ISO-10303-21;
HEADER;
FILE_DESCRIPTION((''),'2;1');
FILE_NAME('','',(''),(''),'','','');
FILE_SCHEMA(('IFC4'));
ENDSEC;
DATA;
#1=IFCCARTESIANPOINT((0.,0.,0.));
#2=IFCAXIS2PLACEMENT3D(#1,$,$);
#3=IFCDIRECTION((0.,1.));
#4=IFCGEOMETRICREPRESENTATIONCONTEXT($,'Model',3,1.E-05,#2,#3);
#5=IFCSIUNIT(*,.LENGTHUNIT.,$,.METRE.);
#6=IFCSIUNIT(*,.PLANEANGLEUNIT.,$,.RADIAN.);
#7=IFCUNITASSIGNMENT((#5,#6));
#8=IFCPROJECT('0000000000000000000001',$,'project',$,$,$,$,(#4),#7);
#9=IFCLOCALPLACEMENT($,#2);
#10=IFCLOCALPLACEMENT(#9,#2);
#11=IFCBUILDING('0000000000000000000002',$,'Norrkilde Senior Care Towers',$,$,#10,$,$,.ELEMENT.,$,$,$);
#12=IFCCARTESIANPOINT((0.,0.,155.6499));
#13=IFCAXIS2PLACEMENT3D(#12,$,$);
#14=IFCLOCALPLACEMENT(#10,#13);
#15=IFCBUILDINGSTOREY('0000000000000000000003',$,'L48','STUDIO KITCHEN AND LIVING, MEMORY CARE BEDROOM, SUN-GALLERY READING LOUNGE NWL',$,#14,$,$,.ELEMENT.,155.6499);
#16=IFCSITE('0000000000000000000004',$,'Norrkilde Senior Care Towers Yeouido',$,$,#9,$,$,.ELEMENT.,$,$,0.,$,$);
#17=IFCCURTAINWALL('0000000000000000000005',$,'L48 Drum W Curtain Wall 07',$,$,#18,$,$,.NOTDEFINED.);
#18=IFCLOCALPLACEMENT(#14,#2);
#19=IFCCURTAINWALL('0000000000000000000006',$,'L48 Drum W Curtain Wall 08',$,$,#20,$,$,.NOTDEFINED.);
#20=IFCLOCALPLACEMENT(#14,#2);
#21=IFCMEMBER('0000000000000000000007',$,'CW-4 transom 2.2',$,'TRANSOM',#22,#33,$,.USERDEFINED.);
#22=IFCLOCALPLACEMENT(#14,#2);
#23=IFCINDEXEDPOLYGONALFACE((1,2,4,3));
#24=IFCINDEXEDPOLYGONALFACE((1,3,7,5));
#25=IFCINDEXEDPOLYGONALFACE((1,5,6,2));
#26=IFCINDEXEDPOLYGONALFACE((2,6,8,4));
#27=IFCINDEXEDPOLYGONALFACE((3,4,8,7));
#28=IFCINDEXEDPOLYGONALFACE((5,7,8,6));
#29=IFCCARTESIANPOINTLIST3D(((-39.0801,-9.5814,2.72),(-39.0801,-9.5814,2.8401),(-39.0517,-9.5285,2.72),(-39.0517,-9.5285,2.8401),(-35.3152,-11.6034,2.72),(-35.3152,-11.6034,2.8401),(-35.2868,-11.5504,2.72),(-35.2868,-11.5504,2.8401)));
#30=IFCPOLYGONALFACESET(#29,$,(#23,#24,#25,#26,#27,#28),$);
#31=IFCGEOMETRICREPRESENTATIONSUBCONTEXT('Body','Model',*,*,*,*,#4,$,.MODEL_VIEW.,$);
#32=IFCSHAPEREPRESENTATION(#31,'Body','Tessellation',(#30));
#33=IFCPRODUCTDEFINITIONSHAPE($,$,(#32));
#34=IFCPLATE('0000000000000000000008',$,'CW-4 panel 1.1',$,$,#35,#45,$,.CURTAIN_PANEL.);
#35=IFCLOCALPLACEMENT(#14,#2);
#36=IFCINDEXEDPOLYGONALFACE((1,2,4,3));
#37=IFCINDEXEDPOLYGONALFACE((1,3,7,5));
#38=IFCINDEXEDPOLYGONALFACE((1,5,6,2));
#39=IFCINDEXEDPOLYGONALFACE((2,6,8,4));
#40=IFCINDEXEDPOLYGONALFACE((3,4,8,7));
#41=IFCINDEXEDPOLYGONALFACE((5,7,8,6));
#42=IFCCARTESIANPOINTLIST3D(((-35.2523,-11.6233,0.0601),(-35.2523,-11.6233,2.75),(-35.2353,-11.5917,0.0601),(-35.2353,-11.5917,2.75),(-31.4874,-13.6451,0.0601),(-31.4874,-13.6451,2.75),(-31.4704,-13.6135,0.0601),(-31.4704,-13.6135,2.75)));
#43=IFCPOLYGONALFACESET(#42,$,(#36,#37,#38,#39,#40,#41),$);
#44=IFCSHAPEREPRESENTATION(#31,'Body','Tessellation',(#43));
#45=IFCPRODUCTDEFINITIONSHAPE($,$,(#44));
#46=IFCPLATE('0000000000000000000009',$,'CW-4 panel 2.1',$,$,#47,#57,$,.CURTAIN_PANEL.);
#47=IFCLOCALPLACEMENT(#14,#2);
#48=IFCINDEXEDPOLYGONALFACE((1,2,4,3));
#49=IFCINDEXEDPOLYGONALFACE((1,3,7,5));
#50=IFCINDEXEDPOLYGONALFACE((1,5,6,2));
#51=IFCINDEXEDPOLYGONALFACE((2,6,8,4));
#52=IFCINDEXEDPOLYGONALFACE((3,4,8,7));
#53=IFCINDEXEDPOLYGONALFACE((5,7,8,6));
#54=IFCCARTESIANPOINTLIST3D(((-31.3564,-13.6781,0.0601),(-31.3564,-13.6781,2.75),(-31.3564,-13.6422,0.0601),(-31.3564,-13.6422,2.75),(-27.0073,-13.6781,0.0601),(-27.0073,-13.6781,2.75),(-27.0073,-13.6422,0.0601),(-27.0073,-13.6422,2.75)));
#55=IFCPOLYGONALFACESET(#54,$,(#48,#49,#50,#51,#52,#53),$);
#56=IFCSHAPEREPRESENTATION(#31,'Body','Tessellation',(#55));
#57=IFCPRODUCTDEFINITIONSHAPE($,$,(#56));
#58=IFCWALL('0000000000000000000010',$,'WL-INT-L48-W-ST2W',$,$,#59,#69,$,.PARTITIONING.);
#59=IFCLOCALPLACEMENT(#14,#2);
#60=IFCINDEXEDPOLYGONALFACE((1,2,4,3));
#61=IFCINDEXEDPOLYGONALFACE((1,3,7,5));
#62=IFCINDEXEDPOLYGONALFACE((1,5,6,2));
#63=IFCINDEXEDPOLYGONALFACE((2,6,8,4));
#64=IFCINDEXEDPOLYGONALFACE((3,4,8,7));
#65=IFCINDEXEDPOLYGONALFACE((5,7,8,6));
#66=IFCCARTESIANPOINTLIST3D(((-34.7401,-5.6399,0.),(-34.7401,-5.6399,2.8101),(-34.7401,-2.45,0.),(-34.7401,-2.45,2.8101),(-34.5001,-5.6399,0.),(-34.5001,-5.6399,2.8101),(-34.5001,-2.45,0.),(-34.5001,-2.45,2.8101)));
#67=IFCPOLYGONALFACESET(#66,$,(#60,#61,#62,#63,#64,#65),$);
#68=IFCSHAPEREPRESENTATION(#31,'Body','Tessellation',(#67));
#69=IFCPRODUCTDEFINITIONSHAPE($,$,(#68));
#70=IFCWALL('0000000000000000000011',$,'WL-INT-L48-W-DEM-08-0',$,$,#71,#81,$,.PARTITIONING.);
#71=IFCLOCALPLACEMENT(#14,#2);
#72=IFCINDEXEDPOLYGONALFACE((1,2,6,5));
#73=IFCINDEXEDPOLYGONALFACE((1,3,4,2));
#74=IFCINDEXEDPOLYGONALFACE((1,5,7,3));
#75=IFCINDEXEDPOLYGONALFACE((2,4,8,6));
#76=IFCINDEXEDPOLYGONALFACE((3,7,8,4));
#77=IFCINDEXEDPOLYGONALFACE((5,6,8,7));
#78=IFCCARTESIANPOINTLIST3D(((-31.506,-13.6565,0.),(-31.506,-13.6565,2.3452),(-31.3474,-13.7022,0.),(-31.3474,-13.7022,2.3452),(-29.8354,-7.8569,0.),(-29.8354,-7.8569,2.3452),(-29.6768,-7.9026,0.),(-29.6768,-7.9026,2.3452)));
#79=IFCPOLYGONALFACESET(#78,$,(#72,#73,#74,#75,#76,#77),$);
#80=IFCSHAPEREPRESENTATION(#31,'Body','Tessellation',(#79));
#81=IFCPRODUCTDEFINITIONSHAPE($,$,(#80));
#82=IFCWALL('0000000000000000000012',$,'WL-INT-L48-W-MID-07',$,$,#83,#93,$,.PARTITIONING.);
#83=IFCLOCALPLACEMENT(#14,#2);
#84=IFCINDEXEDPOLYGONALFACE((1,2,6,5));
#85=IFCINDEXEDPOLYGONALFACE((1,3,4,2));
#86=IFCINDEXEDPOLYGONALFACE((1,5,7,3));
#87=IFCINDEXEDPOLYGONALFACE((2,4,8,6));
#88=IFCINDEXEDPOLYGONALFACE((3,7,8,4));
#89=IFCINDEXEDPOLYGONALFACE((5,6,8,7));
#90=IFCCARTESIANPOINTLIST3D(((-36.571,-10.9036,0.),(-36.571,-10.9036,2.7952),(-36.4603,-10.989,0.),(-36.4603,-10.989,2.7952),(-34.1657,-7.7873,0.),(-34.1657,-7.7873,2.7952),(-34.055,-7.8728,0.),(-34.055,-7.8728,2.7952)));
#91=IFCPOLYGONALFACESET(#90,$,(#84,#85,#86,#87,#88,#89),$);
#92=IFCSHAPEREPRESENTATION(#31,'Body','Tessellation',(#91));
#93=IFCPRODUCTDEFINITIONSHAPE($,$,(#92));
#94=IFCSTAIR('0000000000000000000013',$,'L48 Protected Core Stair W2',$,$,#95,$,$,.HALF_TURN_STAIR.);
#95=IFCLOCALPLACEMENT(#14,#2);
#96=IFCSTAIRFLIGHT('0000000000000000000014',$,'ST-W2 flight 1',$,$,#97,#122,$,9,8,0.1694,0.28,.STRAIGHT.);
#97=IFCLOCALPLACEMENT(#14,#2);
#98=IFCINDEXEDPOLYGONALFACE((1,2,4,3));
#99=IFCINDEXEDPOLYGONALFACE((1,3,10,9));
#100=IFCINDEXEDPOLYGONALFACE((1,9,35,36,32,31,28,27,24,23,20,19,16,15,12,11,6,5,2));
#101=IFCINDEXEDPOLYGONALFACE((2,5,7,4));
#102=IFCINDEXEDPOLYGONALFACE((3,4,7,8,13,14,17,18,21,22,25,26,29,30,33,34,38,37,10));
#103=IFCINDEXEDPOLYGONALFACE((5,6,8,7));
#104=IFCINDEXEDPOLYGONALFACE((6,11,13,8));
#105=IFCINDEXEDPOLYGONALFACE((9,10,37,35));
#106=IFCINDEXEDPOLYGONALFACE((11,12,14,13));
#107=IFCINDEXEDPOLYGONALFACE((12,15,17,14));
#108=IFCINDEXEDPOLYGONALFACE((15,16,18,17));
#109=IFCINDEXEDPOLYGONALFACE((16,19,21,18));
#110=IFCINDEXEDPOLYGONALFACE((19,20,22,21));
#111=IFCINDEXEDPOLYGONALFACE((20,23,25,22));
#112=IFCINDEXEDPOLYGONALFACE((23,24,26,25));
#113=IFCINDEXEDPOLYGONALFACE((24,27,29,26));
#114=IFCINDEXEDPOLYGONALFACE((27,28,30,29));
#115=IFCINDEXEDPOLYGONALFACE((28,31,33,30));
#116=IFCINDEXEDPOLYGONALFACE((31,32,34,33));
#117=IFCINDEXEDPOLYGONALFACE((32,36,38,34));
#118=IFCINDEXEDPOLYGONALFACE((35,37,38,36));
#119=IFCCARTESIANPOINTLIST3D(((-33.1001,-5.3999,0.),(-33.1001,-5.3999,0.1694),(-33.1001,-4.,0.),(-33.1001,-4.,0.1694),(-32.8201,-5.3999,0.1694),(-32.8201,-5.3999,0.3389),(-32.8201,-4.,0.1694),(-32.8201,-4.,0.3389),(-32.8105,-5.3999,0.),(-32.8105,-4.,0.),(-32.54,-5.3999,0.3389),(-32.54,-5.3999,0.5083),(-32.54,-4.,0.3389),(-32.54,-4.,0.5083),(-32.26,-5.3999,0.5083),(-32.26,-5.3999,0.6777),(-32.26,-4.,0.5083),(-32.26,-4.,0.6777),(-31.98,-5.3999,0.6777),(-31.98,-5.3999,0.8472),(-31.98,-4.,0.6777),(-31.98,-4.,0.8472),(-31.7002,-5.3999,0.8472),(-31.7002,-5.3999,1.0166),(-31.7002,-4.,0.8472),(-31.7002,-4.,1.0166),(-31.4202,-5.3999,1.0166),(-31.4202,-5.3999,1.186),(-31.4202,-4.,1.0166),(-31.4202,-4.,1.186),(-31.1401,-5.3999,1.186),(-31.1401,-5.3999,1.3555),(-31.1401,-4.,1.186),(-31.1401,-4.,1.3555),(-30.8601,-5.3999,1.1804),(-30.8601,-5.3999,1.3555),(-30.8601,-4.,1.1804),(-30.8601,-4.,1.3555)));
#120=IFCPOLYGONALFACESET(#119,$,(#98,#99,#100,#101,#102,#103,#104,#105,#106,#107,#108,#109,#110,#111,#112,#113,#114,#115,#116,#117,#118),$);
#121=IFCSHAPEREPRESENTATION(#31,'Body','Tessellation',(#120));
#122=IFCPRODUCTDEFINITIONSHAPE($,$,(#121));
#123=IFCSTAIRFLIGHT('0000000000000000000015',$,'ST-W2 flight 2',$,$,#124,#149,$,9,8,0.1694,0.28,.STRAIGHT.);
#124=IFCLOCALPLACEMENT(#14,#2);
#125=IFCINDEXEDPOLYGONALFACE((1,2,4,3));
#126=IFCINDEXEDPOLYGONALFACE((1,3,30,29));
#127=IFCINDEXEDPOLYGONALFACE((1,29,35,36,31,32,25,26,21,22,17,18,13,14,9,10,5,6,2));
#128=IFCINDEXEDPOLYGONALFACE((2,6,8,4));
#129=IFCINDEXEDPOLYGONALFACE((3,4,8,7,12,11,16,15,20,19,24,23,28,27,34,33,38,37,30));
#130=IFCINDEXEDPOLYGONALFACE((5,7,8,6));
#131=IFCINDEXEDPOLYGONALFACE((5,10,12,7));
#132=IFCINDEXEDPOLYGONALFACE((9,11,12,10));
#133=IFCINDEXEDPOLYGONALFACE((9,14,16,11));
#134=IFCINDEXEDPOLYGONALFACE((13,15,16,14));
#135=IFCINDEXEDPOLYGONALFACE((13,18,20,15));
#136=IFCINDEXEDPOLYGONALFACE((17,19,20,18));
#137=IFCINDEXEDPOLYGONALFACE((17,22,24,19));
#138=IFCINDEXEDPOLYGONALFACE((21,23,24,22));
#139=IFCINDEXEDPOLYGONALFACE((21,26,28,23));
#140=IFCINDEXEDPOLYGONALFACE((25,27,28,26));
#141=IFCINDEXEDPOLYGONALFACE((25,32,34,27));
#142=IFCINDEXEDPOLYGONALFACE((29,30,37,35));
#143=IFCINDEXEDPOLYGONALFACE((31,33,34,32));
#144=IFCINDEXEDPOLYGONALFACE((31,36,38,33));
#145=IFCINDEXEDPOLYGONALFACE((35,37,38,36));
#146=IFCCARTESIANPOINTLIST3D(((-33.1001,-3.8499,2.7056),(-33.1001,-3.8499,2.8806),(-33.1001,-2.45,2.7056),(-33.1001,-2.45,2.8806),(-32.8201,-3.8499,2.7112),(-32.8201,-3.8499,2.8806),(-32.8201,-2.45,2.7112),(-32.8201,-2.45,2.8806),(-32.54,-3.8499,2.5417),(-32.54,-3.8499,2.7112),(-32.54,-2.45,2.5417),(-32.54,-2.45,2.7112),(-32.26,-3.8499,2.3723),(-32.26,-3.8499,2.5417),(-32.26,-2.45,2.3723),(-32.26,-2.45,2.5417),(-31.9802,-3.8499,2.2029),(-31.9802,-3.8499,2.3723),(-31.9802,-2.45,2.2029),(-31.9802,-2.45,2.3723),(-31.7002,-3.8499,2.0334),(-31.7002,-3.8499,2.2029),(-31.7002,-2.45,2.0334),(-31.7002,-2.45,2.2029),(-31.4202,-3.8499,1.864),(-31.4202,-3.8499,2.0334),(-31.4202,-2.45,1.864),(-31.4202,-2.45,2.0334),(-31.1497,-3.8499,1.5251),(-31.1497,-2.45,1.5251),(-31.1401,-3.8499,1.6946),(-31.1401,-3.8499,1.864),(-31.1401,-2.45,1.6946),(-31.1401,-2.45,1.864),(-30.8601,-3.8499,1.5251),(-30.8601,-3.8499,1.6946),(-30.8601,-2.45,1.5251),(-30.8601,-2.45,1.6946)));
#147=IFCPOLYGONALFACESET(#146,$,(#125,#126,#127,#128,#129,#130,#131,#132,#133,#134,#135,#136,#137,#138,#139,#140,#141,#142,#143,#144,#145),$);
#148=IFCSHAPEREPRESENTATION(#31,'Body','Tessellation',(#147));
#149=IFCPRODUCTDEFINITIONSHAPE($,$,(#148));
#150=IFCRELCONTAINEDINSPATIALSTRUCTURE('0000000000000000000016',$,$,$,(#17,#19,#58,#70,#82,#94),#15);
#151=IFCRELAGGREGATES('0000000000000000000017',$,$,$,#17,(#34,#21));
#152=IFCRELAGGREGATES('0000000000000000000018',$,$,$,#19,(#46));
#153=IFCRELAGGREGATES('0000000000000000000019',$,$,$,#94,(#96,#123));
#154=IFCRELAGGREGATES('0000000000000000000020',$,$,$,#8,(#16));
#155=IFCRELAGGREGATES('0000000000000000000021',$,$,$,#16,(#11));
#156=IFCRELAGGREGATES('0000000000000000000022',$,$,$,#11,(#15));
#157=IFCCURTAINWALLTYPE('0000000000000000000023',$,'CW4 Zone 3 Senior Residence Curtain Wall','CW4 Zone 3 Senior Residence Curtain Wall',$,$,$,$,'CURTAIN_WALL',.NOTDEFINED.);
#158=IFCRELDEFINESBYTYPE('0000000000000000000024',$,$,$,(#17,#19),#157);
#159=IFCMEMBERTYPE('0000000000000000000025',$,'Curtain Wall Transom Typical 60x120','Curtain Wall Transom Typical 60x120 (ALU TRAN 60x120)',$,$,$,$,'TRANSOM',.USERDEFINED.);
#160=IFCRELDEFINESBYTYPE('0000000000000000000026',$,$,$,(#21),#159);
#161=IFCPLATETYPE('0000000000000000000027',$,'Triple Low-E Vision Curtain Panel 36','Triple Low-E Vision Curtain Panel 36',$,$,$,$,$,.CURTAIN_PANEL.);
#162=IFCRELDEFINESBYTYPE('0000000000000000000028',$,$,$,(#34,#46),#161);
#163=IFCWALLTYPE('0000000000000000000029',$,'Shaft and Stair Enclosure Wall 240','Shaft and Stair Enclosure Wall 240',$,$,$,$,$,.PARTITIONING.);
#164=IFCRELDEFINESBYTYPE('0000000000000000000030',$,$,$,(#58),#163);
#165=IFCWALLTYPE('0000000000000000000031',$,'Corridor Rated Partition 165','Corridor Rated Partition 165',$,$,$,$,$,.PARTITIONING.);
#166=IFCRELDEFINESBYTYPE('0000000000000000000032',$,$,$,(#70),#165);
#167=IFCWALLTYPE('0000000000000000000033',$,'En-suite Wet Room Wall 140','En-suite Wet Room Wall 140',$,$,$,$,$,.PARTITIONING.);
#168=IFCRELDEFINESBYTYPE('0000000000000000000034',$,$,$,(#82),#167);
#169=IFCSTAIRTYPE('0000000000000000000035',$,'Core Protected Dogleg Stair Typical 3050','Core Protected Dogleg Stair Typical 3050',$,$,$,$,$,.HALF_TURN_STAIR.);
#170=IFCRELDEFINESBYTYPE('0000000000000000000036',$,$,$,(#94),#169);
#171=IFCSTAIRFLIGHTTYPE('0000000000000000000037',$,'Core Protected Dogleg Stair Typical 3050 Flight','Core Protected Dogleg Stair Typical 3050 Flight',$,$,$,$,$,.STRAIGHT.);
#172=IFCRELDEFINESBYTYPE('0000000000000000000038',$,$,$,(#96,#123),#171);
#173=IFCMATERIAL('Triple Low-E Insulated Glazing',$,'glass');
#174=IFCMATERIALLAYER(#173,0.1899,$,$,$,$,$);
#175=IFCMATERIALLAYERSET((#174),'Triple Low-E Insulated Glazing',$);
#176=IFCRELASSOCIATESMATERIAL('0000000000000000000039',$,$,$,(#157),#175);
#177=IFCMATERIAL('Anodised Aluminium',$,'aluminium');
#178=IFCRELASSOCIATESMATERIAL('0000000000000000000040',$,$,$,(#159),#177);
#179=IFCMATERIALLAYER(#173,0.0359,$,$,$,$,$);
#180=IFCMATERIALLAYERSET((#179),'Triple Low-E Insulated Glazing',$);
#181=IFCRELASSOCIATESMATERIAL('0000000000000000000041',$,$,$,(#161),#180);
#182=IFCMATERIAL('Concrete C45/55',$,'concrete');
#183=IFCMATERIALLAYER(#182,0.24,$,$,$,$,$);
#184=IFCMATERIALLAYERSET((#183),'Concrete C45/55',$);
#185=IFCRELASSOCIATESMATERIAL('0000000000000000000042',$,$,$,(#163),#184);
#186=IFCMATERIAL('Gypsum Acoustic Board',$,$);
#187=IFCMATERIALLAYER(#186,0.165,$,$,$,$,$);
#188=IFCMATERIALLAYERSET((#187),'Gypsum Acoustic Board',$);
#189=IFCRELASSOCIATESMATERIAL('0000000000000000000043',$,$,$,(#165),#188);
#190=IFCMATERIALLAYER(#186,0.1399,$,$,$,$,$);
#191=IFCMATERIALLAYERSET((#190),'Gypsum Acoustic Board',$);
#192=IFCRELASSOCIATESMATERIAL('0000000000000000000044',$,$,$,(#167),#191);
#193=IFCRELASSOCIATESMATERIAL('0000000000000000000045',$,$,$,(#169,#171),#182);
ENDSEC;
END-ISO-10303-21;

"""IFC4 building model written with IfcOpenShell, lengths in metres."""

from ifc_helpers import new_model, si_unit, direction, frame, frame_2d, origin, origin_2d, place, context, subcontext, project, spatial, polyline, rectangle, outline, extrude, source, transform, mapped, material, layer, layer_set, material_profile, profile_set, type_object, type_shapes, element, aggregate, save


model = new_model("IFC4")

# Units and contexts
model_context = context("Model", 3, precision=1e-05, world=origin(), true_north=direction((0.0, 1.0)))
body_context = subcontext(model_context, "Body", "Model", "MODEL_VIEW")
ifc_project = project(units=[si_unit("LENGTHUNIT", "METRE"), si_unit("PLANEANGLEUNIT", "RADIAN")], contexts=[model_context])

# Site, building, storey
site_placement = place(None, origin())
site = spatial("IfcSite", under=ifc_project, at=site_placement, Name="Norrkilde Senior Care Towers Yeouido", CompositionType="ELEMENT", RefElevation=0.0)
building_placement = place(site_placement, origin())
building = spatial("IfcBuilding", under=site, at=building_placement, Name="Norrkilde Senior Care Towers", CompositionType="ELEMENT")
storey_placement = place(building_placement, frame((0.0, 0.0, 155.6499)))
storey = spatial("IfcBuildingStorey", under=building, at=storey_placement, Name="L48", Description="STUDIO KITCHEN AND LIVING, MEMORY CARE BEDROOM, SUN-GALLERY READING LOUNGE NWL", CompositionType="ELEMENT", Elevation=155.6499)

# Curtain wall
ifc_material_1 = material(Name="Triple Low-E Insulated Glazing", Category="glass")
ifc_layer_1 = layer(ifc_material_1, 0.1899)
ifc_layer_set_1 = layer_set([ifc_layer_1], Name="Triple Low-E Insulated Glazing")
curtain_wall_type = type_object("IfcCurtainWallType", Name="CW4 Zone 3 Senior Residence Curtain Wall", Description="CW4 Zone 3 Senior Residence Curtain Wall", ElementType="CURTAIN_WALL", PredefinedType="NOTDEFINED", material=ifc_layer_set_1)
curtain_wall_1_placement = place(storey_placement, origin())
curtain_wall_1 = element("IfcCurtainWall", 1, at=curtain_wall_1_placement, inside=storey, type_object=curtain_wall_type, Name="L48 Drum W Curtain Wall 07", PredefinedType="NOTDEFINED")
ifc_material_2 = material(Name="Anodised Aluminium", Category="aluminium")

# Curtain wall
curtain_wall_2_placement = place(storey_placement, origin())
curtain_wall_2 = element("IfcCurtainWall", 2, at=curtain_wall_2_placement, inside=storey, type_object=curtain_wall_type, Name="L48 Drum W Curtain Wall 08", PredefinedType="NOTDEFINED")

# Member
ifc_material_profile_1 = material_profile(ifc_material_2, rectangle(XDim=0.0601, YDim=0.1201, at=origin_2d()), Name="ALU TRAN 60x120")
ifc_profile_set_1 = profile_set([ifc_material_profile_1], Name="Anodised Aluminium")
member_type_1 = type_object("IfcMemberType", Name="Curtain Wall Transom Typical 60x120", Description="Curtain Wall Transom Typical 60x120 (ALU TRAN 60x120)", ElementType="TRANSOM", PredefinedType="USERDEFINED", material=ifc_profile_set_1)
shared_shape_1 = source(origin(), body_context, "Body", "SweptSolid", [
    extrude(rectangle(XDim=0.0601, YDim=0.1201, at=origin_2d()), origin(), (0.0, 0.0, 1.0), 4.2734),
])
type_shapes(member_type_1, [shared_shape_1])
member_1_placement = place(storey_placement, frame((-35.301, -11.5769, 2.78), z_axis=(-0.880986, 0.473142, 0.0), x_axis=(-0.473142, -0.880986, 0.0)))
member_1 = element("IfcMember", 3, at=member_1_placement, type_object=member_type_1, Name="CW-4 transom 2.2", ObjectType="TRANSOM", PredefinedType="USERDEFINED", context=body_context, shape_type="MappedRepresentation", body=[
    mapped(shared_shape_1, transform((0.0, 0.0, 0.0), x_axis=(1.0, 0.0, 0.0), y_axis=(0.0, 1.0, 0.0), z_axis=(0.0, 0.0, 1.0), scale=1.0)),
])

# Plates
ifc_layer_2 = layer(ifc_material_1, 0.0359)
ifc_layer_set_2 = layer_set([ifc_layer_2], Name="Triple Low-E Insulated Glazing")
plate_type = type_object("IfcPlateType", Name="Triple Low-E Vision Curtain Panel 36", Description="Triple Low-E Vision Curtain Panel 36", PredefinedType="CURTAIN_PANEL", material=ifc_layer_set_2)
shared_shape_2 = source(origin(), body_context, "Body", "SweptSolid", [
    extrude(rectangle(XDim=4.2734, YDim=0.0359, at=origin_2d()), origin(), (0.0, 0.0, 1.0), 2.6899),
])
plate_1_placement = place(storey_placement, frame((-33.3613, -12.6184, 0.0601), z_axis=(0.0, 0.0, 1.0), x_axis=(-0.881, 0.473117, 0.0)))
plate_1 = element("IfcPlate", 4, at=plate_1_placement, type_object=plate_type, Name="CW-4 panel 1.1", PredefinedType="CURTAIN_PANEL", context=body_context, shape_type="MappedRepresentation", body=[
    mapped(shared_shape_2, transform((0.0, 0.0, 0.0), x_axis=(1.0, 0.0, 0.0), y_axis=(0.0, 1.0, 0.0), z_axis=(0.0, 0.0, 1.0), scale=1.0)),
])
aggregate(curtain_wall_1, [plate_1, member_1])
shared_shape_3 = source(origin(), body_context, "Body", "SweptSolid", [
    extrude(rectangle(XDim=4.3491, YDim=0.0359, at=origin_2d()), origin(), (0.0, 0.0, 1.0), 2.6899),
])
type_shapes(plate_type, [shared_shape_2, shared_shape_3])
plate_2_placement = place(storey_placement, frame((-29.1819, -13.6602, 0.0601), z_axis=(0.0, 0.0, 1.0), x_axis=(-1.0, 0.0, 0.0)))
plate_2 = element("IfcPlate", 5, at=plate_2_placement, type_object=plate_type, Name="CW-4 panel 2.1", PredefinedType="CURTAIN_PANEL", context=body_context, shape_type="MappedRepresentation", body=[
    mapped(shared_shape_3, transform((0.0, 0.0, 0.0), x_axis=(1.0, 0.0, 0.0), y_axis=(0.0, 1.0, 0.0), z_axis=(0.0, 0.0, 1.0), scale=1.0)),
])
aggregate(curtain_wall_2, [plate_2])

# Shared definitions
ifc_material_3 = material(Name="Concrete C45/55", Category="concrete")
ifc_layer_3 = layer(ifc_material_3, 0.24)
ifc_layer_set_3 = layer_set([ifc_layer_3], Name="Concrete C45/55")
wall_type_1 = type_object("IfcWallType", Name="Shaft and Stair Enclosure Wall 240", Description="Shaft and Stair Enclosure Wall 240", PredefinedType="PARTITIONING", material=ifc_layer_set_3)

# Walls
shared_shape_4 = source(origin(), body_context, "Body", "SweptSolid", [
    extrude(rectangle(XDim=3.1899, YDim=0.24, at=frame_2d((1.595, 0.0))), origin(), (0.0, 0.0, 1.0), 2.8101),
])
wall_1_placement = place(storey_placement, frame((-34.6201, -5.6399, 0.0), z_axis=(0.0, 0.0, 1.0), x_axis=(0.0, 1.0, 0.0)))
element("IfcWall", 6, at=wall_1_placement, inside=storey, type_object=wall_type_1, Name="WL-INT-L48-W-ST2W", PredefinedType="PARTITIONING", context=body_context, shape_type="MappedRepresentation", body=[
    mapped(shared_shape_4, transform((0.0, 0.0, 0.0), x_axis=(1.0, 0.0, 0.0), y_axis=(0.0, 1.0, 0.0), z_axis=(0.0, 0.0, 1.0), scale=1.0)),
])
ifc_material_4 = material(Name="Gypsum Acoustic Board")
ifc_layer_4 = layer(ifc_material_4, 0.165)
ifc_layer_set_4 = layer_set([ifc_layer_4], Name="Gypsum Acoustic Board")
wall_type_2 = type_object("IfcWallType", Name="Corridor Rated Partition 165", Description="Corridor Rated Partition 165", PredefinedType="PARTITIONING", material=ifc_layer_set_4)
shared_shape_5 = source(origin(), body_context, "Body", "SweptSolid", [
    extrude(rectangle(XDim=6.0354, YDim=0.165, at=frame_2d((3.0176, 0.0))), origin(), (0.0, 0.0, 1.0), 2.3452),
])
type_shapes(wall_type_2, [shared_shape_5])
wall_2_placement = place(storey_placement, frame((-29.7561, -7.8799, 0.0), z_axis=(0.0, 0.0, 1.0), x_axis=(-0.276809, -0.960925, 0.0)))
element("IfcWall", 7, at=wall_2_placement, inside=storey, type_object=wall_type_2, Name="WL-INT-L48-W-DEM-08-0", PredefinedType="PARTITIONING", context=body_context, shape_type="MappedRepresentation", body=[
    mapped(shared_shape_5, transform((0.0, 0.0, 0.0), x_axis=(1.0, 0.0, 0.0), y_axis=(0.0, 1.0, 0.0), z_axis=(0.0, 0.0, 1.0), scale=1.0)),
])
ifc_layer_5 = layer(ifc_material_4, 0.1399)
ifc_layer_set_5 = layer_set([ifc_layer_5], Name="Gypsum Acoustic Board")
wall_type_3 = type_object("IfcWallType", Name="En-suite Wet Room Wall 140", Description="En-suite Wet Room Wall 140", PredefinedType="PARTITIONING", material=ifc_layer_set_5)
shared_shape_6 = source(origin(), body_context, "Body", "SweptSolid", [
    extrude(rectangle(XDim=3.9365, YDim=0.1399, at=frame_2d((1.9683, 0.0))), origin(), (0.0, 0.0, 1.0), 2.7952),
])
type_shapes(wall_type_3, [shared_shape_6])
wall_3_placement = place(storey_placement, frame((-34.1104, -7.8301, 0.0), z_axis=(0.0, 0.0, 1.0), x_axis=(-0.611017, -0.791618, 0.0)))
element("IfcWall", 8, at=wall_3_placement, inside=storey, type_object=wall_type_3, Name="WL-INT-L48-W-MID-07", PredefinedType="PARTITIONING", context=body_context, shape_type="MappedRepresentation", body=[
    mapped(shared_shape_6, transform((0.0, 0.0, 0.0), x_axis=(1.0, 0.0, 0.0), y_axis=(0.0, 1.0, 0.0), z_axis=(0.0, 0.0, 1.0), scale=1.0)),
])

# Stair, stair flights
stair_type = type_object("IfcStairType", Name="Core Protected Dogleg Stair Typical 3050", Description="Core Protected Dogleg Stair Typical 3050", PredefinedType="HALF_TURN_STAIR", material=ifc_material_3)
stair_placement = place(storey_placement, origin())
stair = element("IfcStair", 9, at=stair_placement, inside=storey, type_object=stair_type, Name="L48 Protected Core Stair W2", PredefinedType="HALF_TURN_STAIR")
stair_flight_type = type_object("IfcStairFlightType", Name="Core Protected Dogleg Stair Typical 3050 Flight", Description="Core Protected Dogleg Stair Typical 3050 Flight", PredefinedType="STRAIGHT", material=ifc_material_3)
stair_flight_1_placement = place(storey_placement, frame((-33.1001, -4.7, 0.0), z_axis=(0.0, 0.0, 1.0), x_axis=(1.0, 0.0, 0.0)))
stair_flight_1 = element("IfcStairFlight", 10, at=stair_flight_1_placement, type_object=stair_flight_type, Name="ST-W2 flight 1", NumberOfRisers=9, NumberOfTreads=8, PredefinedType="STRAIGHT", RiserHeight=0.1694, TreadLength=0.28, context=body_context, shape_type="SweptSolid", body=[
    extrude(outline(polyline([(0.0, 0.0), (0.0, 0.1694), (0.28, 0.1694), (0.28, 0.3389), (0.5601, 0.3389), (0.5601, 0.5083), (0.8401, 0.5083), (0.8401, 0.6777), (1.1201, 0.6777), (1.1201, 0.8472), (1.3999, 0.8472), (1.3999, 1.0166), (1.6799, 1.0166), (1.6799, 1.186), (1.96, 1.186), (1.96, 1.3555), (2.24, 1.3555), (2.24, 1.5249), (2.24, 1.1804), (0.2896, 0.0), (0.0, 0.0)])), frame((0.0, 0.7, 0.0), z_axis=(0.0, -1.0, 0.0), x_axis=(1.0, 0.0, 0.0)), (0.0, 0.0, 1.0), 1.3999),
])
stair_flight_2_placement = place(storey_placement, frame((-30.8601, -3.1499, 1.5251), z_axis=(0.0, 0.0, 1.0), x_axis=(-1.0, 0.0, 0.0)))
stair_flight_2 = element("IfcStairFlight", 11, at=stair_flight_2_placement, type_object=stair_flight_type, Name="ST-W2 flight 2", NumberOfRisers=9, NumberOfTreads=8, PredefinedType="STRAIGHT", RiserHeight=0.1694, TreadLength=0.28, context=body_context, shape_type="SweptSolid", body=[
    extrude(outline(polyline([(0.0, 0.0), (0.0, 0.1694), (0.28, 0.1694), (0.28, 0.3389), (0.5601, 0.3389), (0.5601, 0.5083), (0.8401, 0.5083), (0.8401, 0.6777), (1.1201, 0.6777), (1.1201, 0.8472), (1.3999, 0.8472), (1.3999, 1.0166), (1.6799, 1.0166), (1.6799, 1.186), (1.96, 1.186), (1.96, 1.3555), (2.24, 1.3555), (2.24, 1.5249), (2.24, 1.1804), (0.2896, 0.0), (0.0, 0.0)])), frame((0.0, 0.7, 0.0), z_axis=(0.0, -1.0, 0.0), x_axis=(1.0, 0.0, 0.0)), (0.0, 0.0, 1.0), 1.3999),
])
aggregate(stair, [stair_flight_1, stair_flight_2])

save(model, "model.ifc")
